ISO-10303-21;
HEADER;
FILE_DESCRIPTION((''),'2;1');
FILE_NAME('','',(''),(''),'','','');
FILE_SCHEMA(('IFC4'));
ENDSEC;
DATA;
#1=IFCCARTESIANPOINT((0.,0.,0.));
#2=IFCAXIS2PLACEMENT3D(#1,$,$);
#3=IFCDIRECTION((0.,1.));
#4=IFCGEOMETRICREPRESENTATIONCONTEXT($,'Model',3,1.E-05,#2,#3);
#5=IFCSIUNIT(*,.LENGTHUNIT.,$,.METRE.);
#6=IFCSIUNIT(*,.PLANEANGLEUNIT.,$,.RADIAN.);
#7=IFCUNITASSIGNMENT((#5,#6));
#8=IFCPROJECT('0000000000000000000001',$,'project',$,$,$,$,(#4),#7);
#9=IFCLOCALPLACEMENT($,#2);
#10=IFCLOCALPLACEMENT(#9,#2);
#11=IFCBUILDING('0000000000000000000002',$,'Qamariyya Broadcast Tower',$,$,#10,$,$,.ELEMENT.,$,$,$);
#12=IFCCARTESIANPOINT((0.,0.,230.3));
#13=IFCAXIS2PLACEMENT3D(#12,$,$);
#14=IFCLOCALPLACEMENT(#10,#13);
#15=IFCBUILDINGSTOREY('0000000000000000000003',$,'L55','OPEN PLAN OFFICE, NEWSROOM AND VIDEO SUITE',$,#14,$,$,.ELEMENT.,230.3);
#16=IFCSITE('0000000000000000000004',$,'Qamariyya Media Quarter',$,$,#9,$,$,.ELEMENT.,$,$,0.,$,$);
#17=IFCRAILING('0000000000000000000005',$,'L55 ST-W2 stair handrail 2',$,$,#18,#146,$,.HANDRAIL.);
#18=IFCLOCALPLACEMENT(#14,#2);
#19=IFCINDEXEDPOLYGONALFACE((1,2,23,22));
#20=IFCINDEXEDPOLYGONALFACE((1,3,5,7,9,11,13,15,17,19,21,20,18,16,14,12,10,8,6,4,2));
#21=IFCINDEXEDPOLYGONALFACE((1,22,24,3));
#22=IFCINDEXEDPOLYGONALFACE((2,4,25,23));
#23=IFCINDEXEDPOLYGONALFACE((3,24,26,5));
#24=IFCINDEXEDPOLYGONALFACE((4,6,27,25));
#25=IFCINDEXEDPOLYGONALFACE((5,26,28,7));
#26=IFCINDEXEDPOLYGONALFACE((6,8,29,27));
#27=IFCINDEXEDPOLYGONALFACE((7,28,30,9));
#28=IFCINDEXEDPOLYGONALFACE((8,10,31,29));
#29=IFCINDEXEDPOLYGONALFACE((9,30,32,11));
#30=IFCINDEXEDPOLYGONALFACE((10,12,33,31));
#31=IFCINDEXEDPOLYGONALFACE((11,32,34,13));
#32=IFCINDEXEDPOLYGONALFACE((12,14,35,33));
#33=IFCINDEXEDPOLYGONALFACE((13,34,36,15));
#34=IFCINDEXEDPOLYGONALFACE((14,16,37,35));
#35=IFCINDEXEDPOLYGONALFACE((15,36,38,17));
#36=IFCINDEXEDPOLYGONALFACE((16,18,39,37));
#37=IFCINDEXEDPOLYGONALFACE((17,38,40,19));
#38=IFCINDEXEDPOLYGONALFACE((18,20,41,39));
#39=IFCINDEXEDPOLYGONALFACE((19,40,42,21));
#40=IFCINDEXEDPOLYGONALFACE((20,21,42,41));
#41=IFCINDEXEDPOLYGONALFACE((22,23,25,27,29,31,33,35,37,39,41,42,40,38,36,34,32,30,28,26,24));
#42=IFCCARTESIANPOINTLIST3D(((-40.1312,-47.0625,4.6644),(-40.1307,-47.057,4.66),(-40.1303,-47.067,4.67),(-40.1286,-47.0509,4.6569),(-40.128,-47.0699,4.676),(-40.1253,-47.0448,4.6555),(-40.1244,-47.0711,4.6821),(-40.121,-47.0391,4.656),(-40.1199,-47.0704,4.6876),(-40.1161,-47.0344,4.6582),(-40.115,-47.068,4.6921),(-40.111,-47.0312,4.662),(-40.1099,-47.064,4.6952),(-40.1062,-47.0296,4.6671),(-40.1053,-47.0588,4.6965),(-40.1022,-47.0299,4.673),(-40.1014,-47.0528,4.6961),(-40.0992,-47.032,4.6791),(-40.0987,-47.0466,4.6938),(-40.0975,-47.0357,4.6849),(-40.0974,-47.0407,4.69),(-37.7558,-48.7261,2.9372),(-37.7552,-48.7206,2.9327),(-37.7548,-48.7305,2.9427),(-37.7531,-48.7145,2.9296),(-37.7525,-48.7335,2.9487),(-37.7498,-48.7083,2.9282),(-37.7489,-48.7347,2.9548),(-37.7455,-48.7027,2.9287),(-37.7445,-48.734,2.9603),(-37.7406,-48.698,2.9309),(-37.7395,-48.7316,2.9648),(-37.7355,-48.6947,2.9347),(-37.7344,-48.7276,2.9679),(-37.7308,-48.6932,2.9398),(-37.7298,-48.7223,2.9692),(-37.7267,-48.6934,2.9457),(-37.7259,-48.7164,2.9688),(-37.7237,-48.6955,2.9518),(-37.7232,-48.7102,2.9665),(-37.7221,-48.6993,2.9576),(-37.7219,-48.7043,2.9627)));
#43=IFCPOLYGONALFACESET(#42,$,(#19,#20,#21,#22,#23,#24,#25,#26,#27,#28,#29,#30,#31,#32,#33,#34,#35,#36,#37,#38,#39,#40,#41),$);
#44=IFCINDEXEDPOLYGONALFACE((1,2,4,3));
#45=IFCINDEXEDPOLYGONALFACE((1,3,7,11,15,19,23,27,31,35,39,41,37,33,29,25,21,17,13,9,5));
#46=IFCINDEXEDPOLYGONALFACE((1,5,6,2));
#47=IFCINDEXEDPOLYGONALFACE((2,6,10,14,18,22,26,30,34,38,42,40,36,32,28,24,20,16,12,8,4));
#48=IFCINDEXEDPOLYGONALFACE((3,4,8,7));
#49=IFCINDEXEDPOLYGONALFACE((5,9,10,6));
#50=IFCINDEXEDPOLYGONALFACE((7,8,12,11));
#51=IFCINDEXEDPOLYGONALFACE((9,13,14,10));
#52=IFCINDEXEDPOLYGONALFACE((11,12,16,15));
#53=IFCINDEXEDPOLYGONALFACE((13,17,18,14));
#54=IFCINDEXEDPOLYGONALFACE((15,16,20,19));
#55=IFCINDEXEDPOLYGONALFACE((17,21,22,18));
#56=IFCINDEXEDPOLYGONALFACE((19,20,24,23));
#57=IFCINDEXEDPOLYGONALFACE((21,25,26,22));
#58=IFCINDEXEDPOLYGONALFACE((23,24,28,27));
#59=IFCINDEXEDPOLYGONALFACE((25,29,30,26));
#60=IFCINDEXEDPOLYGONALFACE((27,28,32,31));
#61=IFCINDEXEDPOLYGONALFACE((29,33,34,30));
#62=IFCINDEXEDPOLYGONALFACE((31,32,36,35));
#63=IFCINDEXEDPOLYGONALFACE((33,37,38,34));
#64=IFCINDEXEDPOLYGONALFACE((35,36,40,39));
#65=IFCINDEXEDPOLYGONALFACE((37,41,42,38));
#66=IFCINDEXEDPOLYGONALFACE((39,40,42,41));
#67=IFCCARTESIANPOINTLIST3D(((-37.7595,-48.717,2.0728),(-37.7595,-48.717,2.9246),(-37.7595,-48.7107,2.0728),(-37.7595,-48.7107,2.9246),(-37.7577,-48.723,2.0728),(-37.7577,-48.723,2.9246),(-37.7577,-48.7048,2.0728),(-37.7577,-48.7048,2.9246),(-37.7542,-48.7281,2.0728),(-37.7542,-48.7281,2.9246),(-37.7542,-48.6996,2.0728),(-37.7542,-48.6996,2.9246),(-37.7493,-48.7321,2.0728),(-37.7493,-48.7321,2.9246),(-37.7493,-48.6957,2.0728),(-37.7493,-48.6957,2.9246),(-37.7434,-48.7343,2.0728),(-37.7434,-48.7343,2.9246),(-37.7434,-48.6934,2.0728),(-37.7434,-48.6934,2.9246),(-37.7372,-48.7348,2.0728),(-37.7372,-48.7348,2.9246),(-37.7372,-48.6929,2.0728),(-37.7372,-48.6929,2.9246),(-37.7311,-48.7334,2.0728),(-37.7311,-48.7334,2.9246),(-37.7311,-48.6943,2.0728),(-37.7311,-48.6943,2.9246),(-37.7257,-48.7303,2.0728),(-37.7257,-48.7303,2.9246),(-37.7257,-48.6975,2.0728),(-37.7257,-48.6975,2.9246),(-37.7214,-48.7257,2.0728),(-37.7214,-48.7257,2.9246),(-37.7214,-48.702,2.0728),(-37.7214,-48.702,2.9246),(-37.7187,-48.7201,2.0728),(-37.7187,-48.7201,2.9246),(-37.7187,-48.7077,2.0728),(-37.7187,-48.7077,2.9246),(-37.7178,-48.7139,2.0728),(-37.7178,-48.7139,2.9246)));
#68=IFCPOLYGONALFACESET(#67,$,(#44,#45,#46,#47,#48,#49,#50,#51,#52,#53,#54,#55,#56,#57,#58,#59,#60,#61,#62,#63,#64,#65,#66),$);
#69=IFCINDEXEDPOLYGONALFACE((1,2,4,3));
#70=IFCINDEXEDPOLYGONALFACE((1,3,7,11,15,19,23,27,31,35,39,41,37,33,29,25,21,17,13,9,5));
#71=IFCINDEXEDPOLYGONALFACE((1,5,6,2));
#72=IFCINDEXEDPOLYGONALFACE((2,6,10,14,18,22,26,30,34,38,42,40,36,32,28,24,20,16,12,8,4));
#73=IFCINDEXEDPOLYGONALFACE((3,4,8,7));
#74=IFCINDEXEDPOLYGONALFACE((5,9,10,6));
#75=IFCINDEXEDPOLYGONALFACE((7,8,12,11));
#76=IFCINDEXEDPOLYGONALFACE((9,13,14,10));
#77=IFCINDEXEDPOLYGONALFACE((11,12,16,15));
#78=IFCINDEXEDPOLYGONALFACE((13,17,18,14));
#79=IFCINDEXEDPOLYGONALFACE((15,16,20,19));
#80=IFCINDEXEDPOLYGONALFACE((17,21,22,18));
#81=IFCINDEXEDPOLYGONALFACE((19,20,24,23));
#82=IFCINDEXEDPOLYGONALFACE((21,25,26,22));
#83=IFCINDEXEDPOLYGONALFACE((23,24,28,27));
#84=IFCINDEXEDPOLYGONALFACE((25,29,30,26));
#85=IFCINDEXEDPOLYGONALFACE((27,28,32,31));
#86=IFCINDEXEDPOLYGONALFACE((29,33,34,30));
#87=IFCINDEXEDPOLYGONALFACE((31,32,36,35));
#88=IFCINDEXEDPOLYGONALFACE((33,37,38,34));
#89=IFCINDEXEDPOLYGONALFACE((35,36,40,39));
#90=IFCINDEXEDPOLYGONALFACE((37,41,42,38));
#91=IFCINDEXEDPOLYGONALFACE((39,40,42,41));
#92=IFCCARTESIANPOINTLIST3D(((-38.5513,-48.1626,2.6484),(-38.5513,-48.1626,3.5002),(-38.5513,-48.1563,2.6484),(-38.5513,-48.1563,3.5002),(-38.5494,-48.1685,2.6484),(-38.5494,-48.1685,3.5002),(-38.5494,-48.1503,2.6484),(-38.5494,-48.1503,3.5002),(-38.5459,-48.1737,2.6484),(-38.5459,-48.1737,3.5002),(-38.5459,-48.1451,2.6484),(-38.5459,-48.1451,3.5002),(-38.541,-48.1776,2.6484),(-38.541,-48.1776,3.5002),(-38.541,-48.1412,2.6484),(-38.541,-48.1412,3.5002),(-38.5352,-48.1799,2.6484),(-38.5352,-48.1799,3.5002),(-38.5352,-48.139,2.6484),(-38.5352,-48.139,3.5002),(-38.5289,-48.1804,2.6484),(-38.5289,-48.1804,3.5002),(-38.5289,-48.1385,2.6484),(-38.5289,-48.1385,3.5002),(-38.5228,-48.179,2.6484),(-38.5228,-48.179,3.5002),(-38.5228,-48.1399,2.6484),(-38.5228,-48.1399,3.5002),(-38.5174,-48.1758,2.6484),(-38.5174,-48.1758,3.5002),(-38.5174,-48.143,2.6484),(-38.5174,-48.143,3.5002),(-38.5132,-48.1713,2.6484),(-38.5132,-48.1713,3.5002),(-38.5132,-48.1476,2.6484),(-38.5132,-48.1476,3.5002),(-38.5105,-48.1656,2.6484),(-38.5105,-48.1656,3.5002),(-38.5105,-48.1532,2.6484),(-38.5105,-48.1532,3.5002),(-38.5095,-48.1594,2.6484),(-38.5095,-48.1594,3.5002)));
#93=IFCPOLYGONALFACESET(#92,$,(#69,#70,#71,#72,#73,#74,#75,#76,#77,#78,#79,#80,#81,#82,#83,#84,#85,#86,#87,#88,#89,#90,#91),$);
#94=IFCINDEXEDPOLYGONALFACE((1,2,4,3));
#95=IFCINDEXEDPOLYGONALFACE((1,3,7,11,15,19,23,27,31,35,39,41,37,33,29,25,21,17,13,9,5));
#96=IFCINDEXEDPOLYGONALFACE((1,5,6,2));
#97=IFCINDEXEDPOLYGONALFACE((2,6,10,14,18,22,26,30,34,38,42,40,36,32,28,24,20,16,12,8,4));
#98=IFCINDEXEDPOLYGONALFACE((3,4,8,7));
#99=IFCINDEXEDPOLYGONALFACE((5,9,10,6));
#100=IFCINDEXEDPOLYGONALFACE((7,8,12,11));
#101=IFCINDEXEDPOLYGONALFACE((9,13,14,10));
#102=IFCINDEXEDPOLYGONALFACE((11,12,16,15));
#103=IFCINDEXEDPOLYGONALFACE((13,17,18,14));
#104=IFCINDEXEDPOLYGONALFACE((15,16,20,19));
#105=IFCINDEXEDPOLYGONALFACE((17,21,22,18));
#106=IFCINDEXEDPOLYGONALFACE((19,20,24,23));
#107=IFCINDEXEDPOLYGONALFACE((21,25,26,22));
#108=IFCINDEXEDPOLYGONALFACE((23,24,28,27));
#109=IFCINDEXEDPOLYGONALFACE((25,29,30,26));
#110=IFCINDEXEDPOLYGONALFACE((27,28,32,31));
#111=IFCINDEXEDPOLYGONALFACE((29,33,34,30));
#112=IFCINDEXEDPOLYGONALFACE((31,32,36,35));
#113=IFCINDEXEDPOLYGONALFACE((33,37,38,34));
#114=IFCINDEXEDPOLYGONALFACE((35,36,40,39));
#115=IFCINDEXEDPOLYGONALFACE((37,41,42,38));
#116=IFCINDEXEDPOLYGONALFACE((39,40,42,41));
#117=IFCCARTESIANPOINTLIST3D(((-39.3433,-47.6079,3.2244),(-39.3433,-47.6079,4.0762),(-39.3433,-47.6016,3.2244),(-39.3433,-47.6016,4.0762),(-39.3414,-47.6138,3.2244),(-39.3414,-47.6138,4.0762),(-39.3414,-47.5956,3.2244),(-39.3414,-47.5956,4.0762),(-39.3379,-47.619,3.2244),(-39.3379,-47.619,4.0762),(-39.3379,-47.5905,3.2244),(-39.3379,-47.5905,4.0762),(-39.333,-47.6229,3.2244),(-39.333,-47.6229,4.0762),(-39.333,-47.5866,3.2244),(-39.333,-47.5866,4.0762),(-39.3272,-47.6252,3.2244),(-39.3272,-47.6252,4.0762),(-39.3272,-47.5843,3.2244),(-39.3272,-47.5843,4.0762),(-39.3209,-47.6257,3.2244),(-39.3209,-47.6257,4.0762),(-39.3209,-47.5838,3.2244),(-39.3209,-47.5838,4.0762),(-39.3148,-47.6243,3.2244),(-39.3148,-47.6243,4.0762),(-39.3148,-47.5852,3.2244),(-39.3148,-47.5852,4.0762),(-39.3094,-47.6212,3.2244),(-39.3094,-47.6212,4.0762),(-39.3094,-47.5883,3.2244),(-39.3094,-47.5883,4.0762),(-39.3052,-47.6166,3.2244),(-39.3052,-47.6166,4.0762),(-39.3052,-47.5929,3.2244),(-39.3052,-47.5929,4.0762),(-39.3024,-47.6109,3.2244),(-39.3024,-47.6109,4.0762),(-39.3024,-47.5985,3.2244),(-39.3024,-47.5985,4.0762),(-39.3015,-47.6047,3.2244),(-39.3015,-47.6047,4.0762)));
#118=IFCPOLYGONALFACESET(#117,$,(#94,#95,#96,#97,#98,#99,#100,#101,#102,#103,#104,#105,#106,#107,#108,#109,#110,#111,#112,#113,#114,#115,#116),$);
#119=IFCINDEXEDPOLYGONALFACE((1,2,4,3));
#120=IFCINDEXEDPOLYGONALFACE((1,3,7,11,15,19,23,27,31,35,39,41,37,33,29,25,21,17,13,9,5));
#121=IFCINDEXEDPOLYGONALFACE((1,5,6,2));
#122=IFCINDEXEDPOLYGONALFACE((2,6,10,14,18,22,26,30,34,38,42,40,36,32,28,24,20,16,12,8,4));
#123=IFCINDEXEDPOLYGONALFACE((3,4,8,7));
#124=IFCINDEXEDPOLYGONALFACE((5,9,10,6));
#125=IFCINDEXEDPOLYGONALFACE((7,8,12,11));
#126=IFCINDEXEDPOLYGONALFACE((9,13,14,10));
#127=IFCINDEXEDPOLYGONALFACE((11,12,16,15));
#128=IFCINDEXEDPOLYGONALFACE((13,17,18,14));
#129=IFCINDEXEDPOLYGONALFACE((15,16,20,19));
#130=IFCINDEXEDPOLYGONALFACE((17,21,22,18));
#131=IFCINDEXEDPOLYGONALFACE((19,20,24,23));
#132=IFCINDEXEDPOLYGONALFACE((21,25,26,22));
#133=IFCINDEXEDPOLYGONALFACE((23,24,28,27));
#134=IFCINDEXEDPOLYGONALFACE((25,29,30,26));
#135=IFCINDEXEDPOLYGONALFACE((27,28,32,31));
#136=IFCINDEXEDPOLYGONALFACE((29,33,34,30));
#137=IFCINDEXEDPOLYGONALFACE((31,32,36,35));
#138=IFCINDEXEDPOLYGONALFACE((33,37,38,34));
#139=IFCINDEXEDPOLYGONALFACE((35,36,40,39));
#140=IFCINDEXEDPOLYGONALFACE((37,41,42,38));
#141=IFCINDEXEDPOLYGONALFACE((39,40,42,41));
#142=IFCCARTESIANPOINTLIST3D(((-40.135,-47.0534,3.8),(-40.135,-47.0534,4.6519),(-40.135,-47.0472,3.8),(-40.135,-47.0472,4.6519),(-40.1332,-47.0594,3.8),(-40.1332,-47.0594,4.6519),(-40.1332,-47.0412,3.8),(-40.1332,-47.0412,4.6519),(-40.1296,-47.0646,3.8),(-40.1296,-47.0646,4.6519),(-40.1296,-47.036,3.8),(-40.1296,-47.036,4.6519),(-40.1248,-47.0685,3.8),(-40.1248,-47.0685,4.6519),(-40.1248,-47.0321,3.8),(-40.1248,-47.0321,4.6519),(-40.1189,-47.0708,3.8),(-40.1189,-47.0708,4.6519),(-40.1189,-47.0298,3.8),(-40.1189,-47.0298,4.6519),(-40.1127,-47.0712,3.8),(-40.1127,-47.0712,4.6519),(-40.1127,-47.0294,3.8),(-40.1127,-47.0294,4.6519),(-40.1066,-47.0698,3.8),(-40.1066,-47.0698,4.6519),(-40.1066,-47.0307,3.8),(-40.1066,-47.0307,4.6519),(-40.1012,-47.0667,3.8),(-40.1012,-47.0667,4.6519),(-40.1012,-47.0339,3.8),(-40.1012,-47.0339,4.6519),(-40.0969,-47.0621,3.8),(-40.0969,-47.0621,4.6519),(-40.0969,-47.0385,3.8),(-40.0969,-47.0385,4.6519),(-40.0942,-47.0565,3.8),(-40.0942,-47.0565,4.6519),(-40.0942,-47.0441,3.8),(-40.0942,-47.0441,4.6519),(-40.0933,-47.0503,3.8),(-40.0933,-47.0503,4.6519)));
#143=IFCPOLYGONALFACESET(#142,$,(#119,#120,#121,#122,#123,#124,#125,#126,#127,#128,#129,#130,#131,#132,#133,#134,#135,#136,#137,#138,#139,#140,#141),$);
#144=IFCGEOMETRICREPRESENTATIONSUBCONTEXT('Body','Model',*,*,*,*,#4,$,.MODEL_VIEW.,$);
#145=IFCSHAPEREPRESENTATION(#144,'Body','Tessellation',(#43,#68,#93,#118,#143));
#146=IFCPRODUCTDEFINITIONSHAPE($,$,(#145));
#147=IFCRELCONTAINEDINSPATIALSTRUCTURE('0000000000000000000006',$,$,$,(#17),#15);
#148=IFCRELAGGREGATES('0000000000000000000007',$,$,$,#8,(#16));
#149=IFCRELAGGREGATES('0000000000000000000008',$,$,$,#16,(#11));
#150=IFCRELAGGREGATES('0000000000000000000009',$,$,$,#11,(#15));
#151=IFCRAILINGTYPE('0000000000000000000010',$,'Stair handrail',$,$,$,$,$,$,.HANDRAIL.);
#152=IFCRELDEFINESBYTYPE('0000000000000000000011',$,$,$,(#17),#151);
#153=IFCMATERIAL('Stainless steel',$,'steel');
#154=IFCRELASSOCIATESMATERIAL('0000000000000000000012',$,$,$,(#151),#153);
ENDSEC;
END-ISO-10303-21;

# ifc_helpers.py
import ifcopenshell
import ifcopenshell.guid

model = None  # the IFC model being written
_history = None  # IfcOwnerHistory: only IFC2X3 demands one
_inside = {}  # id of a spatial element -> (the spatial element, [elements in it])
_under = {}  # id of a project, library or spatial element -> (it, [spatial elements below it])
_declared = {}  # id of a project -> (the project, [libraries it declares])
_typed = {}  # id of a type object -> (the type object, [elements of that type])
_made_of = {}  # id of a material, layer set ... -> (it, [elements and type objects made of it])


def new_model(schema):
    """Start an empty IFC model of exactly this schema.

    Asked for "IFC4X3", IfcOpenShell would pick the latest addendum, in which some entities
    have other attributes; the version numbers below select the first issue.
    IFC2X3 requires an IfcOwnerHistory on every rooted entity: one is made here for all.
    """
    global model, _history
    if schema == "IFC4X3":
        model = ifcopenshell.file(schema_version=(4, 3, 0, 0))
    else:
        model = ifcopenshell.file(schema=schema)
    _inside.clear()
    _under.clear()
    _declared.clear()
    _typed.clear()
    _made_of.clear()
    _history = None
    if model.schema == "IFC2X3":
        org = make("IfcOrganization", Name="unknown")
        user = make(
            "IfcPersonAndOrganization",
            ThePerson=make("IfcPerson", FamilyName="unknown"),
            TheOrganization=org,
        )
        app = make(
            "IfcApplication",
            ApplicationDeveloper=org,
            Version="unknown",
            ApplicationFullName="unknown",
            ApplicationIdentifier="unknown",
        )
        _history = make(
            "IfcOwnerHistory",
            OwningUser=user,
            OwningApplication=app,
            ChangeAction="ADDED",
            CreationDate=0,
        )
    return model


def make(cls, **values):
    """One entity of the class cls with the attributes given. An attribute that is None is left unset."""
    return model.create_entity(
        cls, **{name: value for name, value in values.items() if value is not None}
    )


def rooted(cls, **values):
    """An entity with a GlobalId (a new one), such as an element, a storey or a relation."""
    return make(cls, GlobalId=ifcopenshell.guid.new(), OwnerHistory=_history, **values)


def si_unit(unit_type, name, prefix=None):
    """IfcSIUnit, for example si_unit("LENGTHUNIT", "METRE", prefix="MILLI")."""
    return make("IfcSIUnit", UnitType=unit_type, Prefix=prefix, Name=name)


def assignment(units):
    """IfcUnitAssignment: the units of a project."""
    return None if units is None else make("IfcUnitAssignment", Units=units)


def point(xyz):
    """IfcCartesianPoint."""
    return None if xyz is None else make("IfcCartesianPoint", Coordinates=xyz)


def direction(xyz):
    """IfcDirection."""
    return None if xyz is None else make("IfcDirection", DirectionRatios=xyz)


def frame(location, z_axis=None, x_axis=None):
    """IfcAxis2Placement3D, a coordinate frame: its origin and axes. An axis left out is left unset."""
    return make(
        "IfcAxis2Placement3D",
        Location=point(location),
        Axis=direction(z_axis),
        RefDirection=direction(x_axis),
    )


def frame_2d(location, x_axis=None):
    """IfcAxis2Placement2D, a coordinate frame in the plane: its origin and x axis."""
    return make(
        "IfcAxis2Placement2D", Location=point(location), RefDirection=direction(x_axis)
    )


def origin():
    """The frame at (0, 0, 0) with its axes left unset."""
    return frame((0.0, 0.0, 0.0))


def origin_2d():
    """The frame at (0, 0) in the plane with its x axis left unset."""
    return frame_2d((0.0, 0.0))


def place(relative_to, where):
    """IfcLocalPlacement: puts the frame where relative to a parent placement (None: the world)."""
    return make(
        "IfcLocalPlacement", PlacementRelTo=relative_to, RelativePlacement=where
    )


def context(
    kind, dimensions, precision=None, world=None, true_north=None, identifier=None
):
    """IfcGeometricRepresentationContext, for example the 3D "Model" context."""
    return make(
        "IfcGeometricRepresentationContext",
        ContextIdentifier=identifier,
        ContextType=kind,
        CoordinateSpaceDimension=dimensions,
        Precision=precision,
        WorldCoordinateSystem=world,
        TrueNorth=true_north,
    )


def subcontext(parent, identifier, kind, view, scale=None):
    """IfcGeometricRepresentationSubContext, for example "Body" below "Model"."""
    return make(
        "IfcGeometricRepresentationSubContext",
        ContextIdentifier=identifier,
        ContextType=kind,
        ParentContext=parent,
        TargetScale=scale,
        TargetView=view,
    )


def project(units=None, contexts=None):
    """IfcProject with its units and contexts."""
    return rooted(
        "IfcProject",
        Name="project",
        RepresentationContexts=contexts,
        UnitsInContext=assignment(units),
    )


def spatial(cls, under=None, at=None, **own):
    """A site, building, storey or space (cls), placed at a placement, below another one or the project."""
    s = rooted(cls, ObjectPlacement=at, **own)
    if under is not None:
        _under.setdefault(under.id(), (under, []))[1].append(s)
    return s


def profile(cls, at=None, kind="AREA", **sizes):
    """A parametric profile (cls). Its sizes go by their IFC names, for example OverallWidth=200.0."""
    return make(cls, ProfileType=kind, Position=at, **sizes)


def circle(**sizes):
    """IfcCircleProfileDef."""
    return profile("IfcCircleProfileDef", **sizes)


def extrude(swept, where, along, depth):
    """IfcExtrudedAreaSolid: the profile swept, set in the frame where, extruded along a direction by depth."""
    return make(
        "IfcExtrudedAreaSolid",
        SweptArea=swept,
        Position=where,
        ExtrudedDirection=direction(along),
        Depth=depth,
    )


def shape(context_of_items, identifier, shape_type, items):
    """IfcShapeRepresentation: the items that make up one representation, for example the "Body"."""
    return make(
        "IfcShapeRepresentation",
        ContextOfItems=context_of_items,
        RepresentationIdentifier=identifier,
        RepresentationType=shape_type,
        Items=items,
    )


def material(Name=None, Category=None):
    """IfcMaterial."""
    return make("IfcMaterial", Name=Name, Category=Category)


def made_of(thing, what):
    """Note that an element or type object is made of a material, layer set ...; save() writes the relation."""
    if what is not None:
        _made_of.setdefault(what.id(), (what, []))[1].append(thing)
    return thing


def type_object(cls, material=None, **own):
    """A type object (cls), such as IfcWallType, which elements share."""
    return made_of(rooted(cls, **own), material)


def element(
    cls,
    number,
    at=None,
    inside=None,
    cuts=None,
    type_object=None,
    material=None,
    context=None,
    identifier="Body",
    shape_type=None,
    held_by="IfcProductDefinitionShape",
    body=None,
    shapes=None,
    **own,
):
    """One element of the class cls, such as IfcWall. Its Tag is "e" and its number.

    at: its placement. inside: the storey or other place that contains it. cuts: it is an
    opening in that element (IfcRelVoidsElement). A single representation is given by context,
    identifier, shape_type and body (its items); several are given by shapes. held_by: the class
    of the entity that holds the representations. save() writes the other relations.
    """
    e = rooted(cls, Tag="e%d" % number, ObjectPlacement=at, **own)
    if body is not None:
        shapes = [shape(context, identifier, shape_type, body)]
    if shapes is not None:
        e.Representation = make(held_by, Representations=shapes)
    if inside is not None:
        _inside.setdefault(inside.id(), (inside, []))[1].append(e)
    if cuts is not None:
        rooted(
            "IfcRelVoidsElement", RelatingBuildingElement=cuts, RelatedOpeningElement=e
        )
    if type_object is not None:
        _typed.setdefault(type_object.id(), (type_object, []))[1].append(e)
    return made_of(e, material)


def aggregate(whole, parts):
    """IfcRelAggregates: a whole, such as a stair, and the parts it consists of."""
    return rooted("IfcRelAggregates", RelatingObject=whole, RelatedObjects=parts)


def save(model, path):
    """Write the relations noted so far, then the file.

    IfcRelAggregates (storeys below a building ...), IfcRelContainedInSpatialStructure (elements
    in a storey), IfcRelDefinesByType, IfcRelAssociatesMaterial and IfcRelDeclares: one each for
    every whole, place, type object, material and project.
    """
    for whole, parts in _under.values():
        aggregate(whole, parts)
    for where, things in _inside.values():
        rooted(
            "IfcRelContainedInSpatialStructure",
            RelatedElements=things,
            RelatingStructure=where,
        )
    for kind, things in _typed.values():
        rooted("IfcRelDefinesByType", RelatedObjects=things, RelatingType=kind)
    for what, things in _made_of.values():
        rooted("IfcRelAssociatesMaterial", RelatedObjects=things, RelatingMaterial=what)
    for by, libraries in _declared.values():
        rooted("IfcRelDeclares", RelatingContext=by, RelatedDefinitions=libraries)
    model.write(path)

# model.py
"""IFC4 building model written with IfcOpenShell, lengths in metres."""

from ifc_helpers import new_model, si_unit, direction, frame, origin, origin_2d, place, context, subcontext, project, spatial, circle, extrude, material, type_object, element, save


model = new_model("IFC4")

# Units and contexts
model_context = context("Model", 3, precision=1e-05, world=origin(), true_north=direction((0.0, 1.0)))
body_context = subcontext(model_context, "Body", "Model", "MODEL_VIEW")
ifc_project = project(units=[si_unit("LENGTHUNIT", "METRE"), si_unit("PLANEANGLEUNIT", "RADIAN")], contexts=[model_context])

# Site, building, storey
site_placement = place(None, origin())
site = spatial("IfcSite", under=ifc_project, at=site_placement, Name="Qamariyya Media Quarter", CompositionType="ELEMENT", RefElevation=0.0)
building_placement = place(site_placement, origin())
building = spatial("IfcBuilding", under=site, at=building_placement, Name="Qamariyya Broadcast Tower", CompositionType="ELEMENT")
storey_placement = place(building_placement, frame((0.0, 0.0, 230.3)))
storey = spatial("IfcBuildingStorey", under=building, at=storey_placement, Name="L55", Description="OPEN PLAN OFFICE, NEWSROOM AND VIDEO SUITE", CompositionType="ELEMENT", Elevation=230.3)

# Railing
ifc_material_1 = material(Name="Stainless steel", Category="steel")
railing_type = type_object("IfcRailingType", Name="Stair handrail", PredefinedType="HANDRAIL", material=ifc_material_1)
railing_placement = place(storey_placement, frame((-37.7388, -48.7139, 2.0728)))
element("IfcRailing", 1, at=railing_placement, inside=storey, type_object=railing_type, Name="L55 ST-W2 stair handrail 2", PredefinedType="HANDRAIL", context=body_context, shape_type="SweptSolid", body=[
    extrude(circle(Radius=0.0239, at=origin_2d()), frame((0.0, 0.0, 0.876), z_axis=(-0.703745, 0.492838, 0.511716), x_axis=(-0.573632, -0.819113, 0.0)), (0.0, 0.0, 1.0), 3.3755),
    extrude(circle(Radius=0.021, at=origin_2d()), origin(), (0.0, 0.0, 1.0), 0.8518),
    extrude(circle(Radius=0.021, at=origin_2d()), frame((-0.7917, 0.5544, 0.5757)), (0.0, 0.0, 1.0), 0.8518),
    extrude(circle(Radius=0.021, at=origin_2d()), frame((-1.5837, 1.1091, 1.1516)), (0.0, 0.0, 1.0), 0.8518),
    extrude(circle(Radius=0.021, at=origin_2d()), frame((-2.3755, 1.6636, 1.7273)), (0.0, 0.0, 1.0), 0.8518),
])

save(model, "model.ifc")
